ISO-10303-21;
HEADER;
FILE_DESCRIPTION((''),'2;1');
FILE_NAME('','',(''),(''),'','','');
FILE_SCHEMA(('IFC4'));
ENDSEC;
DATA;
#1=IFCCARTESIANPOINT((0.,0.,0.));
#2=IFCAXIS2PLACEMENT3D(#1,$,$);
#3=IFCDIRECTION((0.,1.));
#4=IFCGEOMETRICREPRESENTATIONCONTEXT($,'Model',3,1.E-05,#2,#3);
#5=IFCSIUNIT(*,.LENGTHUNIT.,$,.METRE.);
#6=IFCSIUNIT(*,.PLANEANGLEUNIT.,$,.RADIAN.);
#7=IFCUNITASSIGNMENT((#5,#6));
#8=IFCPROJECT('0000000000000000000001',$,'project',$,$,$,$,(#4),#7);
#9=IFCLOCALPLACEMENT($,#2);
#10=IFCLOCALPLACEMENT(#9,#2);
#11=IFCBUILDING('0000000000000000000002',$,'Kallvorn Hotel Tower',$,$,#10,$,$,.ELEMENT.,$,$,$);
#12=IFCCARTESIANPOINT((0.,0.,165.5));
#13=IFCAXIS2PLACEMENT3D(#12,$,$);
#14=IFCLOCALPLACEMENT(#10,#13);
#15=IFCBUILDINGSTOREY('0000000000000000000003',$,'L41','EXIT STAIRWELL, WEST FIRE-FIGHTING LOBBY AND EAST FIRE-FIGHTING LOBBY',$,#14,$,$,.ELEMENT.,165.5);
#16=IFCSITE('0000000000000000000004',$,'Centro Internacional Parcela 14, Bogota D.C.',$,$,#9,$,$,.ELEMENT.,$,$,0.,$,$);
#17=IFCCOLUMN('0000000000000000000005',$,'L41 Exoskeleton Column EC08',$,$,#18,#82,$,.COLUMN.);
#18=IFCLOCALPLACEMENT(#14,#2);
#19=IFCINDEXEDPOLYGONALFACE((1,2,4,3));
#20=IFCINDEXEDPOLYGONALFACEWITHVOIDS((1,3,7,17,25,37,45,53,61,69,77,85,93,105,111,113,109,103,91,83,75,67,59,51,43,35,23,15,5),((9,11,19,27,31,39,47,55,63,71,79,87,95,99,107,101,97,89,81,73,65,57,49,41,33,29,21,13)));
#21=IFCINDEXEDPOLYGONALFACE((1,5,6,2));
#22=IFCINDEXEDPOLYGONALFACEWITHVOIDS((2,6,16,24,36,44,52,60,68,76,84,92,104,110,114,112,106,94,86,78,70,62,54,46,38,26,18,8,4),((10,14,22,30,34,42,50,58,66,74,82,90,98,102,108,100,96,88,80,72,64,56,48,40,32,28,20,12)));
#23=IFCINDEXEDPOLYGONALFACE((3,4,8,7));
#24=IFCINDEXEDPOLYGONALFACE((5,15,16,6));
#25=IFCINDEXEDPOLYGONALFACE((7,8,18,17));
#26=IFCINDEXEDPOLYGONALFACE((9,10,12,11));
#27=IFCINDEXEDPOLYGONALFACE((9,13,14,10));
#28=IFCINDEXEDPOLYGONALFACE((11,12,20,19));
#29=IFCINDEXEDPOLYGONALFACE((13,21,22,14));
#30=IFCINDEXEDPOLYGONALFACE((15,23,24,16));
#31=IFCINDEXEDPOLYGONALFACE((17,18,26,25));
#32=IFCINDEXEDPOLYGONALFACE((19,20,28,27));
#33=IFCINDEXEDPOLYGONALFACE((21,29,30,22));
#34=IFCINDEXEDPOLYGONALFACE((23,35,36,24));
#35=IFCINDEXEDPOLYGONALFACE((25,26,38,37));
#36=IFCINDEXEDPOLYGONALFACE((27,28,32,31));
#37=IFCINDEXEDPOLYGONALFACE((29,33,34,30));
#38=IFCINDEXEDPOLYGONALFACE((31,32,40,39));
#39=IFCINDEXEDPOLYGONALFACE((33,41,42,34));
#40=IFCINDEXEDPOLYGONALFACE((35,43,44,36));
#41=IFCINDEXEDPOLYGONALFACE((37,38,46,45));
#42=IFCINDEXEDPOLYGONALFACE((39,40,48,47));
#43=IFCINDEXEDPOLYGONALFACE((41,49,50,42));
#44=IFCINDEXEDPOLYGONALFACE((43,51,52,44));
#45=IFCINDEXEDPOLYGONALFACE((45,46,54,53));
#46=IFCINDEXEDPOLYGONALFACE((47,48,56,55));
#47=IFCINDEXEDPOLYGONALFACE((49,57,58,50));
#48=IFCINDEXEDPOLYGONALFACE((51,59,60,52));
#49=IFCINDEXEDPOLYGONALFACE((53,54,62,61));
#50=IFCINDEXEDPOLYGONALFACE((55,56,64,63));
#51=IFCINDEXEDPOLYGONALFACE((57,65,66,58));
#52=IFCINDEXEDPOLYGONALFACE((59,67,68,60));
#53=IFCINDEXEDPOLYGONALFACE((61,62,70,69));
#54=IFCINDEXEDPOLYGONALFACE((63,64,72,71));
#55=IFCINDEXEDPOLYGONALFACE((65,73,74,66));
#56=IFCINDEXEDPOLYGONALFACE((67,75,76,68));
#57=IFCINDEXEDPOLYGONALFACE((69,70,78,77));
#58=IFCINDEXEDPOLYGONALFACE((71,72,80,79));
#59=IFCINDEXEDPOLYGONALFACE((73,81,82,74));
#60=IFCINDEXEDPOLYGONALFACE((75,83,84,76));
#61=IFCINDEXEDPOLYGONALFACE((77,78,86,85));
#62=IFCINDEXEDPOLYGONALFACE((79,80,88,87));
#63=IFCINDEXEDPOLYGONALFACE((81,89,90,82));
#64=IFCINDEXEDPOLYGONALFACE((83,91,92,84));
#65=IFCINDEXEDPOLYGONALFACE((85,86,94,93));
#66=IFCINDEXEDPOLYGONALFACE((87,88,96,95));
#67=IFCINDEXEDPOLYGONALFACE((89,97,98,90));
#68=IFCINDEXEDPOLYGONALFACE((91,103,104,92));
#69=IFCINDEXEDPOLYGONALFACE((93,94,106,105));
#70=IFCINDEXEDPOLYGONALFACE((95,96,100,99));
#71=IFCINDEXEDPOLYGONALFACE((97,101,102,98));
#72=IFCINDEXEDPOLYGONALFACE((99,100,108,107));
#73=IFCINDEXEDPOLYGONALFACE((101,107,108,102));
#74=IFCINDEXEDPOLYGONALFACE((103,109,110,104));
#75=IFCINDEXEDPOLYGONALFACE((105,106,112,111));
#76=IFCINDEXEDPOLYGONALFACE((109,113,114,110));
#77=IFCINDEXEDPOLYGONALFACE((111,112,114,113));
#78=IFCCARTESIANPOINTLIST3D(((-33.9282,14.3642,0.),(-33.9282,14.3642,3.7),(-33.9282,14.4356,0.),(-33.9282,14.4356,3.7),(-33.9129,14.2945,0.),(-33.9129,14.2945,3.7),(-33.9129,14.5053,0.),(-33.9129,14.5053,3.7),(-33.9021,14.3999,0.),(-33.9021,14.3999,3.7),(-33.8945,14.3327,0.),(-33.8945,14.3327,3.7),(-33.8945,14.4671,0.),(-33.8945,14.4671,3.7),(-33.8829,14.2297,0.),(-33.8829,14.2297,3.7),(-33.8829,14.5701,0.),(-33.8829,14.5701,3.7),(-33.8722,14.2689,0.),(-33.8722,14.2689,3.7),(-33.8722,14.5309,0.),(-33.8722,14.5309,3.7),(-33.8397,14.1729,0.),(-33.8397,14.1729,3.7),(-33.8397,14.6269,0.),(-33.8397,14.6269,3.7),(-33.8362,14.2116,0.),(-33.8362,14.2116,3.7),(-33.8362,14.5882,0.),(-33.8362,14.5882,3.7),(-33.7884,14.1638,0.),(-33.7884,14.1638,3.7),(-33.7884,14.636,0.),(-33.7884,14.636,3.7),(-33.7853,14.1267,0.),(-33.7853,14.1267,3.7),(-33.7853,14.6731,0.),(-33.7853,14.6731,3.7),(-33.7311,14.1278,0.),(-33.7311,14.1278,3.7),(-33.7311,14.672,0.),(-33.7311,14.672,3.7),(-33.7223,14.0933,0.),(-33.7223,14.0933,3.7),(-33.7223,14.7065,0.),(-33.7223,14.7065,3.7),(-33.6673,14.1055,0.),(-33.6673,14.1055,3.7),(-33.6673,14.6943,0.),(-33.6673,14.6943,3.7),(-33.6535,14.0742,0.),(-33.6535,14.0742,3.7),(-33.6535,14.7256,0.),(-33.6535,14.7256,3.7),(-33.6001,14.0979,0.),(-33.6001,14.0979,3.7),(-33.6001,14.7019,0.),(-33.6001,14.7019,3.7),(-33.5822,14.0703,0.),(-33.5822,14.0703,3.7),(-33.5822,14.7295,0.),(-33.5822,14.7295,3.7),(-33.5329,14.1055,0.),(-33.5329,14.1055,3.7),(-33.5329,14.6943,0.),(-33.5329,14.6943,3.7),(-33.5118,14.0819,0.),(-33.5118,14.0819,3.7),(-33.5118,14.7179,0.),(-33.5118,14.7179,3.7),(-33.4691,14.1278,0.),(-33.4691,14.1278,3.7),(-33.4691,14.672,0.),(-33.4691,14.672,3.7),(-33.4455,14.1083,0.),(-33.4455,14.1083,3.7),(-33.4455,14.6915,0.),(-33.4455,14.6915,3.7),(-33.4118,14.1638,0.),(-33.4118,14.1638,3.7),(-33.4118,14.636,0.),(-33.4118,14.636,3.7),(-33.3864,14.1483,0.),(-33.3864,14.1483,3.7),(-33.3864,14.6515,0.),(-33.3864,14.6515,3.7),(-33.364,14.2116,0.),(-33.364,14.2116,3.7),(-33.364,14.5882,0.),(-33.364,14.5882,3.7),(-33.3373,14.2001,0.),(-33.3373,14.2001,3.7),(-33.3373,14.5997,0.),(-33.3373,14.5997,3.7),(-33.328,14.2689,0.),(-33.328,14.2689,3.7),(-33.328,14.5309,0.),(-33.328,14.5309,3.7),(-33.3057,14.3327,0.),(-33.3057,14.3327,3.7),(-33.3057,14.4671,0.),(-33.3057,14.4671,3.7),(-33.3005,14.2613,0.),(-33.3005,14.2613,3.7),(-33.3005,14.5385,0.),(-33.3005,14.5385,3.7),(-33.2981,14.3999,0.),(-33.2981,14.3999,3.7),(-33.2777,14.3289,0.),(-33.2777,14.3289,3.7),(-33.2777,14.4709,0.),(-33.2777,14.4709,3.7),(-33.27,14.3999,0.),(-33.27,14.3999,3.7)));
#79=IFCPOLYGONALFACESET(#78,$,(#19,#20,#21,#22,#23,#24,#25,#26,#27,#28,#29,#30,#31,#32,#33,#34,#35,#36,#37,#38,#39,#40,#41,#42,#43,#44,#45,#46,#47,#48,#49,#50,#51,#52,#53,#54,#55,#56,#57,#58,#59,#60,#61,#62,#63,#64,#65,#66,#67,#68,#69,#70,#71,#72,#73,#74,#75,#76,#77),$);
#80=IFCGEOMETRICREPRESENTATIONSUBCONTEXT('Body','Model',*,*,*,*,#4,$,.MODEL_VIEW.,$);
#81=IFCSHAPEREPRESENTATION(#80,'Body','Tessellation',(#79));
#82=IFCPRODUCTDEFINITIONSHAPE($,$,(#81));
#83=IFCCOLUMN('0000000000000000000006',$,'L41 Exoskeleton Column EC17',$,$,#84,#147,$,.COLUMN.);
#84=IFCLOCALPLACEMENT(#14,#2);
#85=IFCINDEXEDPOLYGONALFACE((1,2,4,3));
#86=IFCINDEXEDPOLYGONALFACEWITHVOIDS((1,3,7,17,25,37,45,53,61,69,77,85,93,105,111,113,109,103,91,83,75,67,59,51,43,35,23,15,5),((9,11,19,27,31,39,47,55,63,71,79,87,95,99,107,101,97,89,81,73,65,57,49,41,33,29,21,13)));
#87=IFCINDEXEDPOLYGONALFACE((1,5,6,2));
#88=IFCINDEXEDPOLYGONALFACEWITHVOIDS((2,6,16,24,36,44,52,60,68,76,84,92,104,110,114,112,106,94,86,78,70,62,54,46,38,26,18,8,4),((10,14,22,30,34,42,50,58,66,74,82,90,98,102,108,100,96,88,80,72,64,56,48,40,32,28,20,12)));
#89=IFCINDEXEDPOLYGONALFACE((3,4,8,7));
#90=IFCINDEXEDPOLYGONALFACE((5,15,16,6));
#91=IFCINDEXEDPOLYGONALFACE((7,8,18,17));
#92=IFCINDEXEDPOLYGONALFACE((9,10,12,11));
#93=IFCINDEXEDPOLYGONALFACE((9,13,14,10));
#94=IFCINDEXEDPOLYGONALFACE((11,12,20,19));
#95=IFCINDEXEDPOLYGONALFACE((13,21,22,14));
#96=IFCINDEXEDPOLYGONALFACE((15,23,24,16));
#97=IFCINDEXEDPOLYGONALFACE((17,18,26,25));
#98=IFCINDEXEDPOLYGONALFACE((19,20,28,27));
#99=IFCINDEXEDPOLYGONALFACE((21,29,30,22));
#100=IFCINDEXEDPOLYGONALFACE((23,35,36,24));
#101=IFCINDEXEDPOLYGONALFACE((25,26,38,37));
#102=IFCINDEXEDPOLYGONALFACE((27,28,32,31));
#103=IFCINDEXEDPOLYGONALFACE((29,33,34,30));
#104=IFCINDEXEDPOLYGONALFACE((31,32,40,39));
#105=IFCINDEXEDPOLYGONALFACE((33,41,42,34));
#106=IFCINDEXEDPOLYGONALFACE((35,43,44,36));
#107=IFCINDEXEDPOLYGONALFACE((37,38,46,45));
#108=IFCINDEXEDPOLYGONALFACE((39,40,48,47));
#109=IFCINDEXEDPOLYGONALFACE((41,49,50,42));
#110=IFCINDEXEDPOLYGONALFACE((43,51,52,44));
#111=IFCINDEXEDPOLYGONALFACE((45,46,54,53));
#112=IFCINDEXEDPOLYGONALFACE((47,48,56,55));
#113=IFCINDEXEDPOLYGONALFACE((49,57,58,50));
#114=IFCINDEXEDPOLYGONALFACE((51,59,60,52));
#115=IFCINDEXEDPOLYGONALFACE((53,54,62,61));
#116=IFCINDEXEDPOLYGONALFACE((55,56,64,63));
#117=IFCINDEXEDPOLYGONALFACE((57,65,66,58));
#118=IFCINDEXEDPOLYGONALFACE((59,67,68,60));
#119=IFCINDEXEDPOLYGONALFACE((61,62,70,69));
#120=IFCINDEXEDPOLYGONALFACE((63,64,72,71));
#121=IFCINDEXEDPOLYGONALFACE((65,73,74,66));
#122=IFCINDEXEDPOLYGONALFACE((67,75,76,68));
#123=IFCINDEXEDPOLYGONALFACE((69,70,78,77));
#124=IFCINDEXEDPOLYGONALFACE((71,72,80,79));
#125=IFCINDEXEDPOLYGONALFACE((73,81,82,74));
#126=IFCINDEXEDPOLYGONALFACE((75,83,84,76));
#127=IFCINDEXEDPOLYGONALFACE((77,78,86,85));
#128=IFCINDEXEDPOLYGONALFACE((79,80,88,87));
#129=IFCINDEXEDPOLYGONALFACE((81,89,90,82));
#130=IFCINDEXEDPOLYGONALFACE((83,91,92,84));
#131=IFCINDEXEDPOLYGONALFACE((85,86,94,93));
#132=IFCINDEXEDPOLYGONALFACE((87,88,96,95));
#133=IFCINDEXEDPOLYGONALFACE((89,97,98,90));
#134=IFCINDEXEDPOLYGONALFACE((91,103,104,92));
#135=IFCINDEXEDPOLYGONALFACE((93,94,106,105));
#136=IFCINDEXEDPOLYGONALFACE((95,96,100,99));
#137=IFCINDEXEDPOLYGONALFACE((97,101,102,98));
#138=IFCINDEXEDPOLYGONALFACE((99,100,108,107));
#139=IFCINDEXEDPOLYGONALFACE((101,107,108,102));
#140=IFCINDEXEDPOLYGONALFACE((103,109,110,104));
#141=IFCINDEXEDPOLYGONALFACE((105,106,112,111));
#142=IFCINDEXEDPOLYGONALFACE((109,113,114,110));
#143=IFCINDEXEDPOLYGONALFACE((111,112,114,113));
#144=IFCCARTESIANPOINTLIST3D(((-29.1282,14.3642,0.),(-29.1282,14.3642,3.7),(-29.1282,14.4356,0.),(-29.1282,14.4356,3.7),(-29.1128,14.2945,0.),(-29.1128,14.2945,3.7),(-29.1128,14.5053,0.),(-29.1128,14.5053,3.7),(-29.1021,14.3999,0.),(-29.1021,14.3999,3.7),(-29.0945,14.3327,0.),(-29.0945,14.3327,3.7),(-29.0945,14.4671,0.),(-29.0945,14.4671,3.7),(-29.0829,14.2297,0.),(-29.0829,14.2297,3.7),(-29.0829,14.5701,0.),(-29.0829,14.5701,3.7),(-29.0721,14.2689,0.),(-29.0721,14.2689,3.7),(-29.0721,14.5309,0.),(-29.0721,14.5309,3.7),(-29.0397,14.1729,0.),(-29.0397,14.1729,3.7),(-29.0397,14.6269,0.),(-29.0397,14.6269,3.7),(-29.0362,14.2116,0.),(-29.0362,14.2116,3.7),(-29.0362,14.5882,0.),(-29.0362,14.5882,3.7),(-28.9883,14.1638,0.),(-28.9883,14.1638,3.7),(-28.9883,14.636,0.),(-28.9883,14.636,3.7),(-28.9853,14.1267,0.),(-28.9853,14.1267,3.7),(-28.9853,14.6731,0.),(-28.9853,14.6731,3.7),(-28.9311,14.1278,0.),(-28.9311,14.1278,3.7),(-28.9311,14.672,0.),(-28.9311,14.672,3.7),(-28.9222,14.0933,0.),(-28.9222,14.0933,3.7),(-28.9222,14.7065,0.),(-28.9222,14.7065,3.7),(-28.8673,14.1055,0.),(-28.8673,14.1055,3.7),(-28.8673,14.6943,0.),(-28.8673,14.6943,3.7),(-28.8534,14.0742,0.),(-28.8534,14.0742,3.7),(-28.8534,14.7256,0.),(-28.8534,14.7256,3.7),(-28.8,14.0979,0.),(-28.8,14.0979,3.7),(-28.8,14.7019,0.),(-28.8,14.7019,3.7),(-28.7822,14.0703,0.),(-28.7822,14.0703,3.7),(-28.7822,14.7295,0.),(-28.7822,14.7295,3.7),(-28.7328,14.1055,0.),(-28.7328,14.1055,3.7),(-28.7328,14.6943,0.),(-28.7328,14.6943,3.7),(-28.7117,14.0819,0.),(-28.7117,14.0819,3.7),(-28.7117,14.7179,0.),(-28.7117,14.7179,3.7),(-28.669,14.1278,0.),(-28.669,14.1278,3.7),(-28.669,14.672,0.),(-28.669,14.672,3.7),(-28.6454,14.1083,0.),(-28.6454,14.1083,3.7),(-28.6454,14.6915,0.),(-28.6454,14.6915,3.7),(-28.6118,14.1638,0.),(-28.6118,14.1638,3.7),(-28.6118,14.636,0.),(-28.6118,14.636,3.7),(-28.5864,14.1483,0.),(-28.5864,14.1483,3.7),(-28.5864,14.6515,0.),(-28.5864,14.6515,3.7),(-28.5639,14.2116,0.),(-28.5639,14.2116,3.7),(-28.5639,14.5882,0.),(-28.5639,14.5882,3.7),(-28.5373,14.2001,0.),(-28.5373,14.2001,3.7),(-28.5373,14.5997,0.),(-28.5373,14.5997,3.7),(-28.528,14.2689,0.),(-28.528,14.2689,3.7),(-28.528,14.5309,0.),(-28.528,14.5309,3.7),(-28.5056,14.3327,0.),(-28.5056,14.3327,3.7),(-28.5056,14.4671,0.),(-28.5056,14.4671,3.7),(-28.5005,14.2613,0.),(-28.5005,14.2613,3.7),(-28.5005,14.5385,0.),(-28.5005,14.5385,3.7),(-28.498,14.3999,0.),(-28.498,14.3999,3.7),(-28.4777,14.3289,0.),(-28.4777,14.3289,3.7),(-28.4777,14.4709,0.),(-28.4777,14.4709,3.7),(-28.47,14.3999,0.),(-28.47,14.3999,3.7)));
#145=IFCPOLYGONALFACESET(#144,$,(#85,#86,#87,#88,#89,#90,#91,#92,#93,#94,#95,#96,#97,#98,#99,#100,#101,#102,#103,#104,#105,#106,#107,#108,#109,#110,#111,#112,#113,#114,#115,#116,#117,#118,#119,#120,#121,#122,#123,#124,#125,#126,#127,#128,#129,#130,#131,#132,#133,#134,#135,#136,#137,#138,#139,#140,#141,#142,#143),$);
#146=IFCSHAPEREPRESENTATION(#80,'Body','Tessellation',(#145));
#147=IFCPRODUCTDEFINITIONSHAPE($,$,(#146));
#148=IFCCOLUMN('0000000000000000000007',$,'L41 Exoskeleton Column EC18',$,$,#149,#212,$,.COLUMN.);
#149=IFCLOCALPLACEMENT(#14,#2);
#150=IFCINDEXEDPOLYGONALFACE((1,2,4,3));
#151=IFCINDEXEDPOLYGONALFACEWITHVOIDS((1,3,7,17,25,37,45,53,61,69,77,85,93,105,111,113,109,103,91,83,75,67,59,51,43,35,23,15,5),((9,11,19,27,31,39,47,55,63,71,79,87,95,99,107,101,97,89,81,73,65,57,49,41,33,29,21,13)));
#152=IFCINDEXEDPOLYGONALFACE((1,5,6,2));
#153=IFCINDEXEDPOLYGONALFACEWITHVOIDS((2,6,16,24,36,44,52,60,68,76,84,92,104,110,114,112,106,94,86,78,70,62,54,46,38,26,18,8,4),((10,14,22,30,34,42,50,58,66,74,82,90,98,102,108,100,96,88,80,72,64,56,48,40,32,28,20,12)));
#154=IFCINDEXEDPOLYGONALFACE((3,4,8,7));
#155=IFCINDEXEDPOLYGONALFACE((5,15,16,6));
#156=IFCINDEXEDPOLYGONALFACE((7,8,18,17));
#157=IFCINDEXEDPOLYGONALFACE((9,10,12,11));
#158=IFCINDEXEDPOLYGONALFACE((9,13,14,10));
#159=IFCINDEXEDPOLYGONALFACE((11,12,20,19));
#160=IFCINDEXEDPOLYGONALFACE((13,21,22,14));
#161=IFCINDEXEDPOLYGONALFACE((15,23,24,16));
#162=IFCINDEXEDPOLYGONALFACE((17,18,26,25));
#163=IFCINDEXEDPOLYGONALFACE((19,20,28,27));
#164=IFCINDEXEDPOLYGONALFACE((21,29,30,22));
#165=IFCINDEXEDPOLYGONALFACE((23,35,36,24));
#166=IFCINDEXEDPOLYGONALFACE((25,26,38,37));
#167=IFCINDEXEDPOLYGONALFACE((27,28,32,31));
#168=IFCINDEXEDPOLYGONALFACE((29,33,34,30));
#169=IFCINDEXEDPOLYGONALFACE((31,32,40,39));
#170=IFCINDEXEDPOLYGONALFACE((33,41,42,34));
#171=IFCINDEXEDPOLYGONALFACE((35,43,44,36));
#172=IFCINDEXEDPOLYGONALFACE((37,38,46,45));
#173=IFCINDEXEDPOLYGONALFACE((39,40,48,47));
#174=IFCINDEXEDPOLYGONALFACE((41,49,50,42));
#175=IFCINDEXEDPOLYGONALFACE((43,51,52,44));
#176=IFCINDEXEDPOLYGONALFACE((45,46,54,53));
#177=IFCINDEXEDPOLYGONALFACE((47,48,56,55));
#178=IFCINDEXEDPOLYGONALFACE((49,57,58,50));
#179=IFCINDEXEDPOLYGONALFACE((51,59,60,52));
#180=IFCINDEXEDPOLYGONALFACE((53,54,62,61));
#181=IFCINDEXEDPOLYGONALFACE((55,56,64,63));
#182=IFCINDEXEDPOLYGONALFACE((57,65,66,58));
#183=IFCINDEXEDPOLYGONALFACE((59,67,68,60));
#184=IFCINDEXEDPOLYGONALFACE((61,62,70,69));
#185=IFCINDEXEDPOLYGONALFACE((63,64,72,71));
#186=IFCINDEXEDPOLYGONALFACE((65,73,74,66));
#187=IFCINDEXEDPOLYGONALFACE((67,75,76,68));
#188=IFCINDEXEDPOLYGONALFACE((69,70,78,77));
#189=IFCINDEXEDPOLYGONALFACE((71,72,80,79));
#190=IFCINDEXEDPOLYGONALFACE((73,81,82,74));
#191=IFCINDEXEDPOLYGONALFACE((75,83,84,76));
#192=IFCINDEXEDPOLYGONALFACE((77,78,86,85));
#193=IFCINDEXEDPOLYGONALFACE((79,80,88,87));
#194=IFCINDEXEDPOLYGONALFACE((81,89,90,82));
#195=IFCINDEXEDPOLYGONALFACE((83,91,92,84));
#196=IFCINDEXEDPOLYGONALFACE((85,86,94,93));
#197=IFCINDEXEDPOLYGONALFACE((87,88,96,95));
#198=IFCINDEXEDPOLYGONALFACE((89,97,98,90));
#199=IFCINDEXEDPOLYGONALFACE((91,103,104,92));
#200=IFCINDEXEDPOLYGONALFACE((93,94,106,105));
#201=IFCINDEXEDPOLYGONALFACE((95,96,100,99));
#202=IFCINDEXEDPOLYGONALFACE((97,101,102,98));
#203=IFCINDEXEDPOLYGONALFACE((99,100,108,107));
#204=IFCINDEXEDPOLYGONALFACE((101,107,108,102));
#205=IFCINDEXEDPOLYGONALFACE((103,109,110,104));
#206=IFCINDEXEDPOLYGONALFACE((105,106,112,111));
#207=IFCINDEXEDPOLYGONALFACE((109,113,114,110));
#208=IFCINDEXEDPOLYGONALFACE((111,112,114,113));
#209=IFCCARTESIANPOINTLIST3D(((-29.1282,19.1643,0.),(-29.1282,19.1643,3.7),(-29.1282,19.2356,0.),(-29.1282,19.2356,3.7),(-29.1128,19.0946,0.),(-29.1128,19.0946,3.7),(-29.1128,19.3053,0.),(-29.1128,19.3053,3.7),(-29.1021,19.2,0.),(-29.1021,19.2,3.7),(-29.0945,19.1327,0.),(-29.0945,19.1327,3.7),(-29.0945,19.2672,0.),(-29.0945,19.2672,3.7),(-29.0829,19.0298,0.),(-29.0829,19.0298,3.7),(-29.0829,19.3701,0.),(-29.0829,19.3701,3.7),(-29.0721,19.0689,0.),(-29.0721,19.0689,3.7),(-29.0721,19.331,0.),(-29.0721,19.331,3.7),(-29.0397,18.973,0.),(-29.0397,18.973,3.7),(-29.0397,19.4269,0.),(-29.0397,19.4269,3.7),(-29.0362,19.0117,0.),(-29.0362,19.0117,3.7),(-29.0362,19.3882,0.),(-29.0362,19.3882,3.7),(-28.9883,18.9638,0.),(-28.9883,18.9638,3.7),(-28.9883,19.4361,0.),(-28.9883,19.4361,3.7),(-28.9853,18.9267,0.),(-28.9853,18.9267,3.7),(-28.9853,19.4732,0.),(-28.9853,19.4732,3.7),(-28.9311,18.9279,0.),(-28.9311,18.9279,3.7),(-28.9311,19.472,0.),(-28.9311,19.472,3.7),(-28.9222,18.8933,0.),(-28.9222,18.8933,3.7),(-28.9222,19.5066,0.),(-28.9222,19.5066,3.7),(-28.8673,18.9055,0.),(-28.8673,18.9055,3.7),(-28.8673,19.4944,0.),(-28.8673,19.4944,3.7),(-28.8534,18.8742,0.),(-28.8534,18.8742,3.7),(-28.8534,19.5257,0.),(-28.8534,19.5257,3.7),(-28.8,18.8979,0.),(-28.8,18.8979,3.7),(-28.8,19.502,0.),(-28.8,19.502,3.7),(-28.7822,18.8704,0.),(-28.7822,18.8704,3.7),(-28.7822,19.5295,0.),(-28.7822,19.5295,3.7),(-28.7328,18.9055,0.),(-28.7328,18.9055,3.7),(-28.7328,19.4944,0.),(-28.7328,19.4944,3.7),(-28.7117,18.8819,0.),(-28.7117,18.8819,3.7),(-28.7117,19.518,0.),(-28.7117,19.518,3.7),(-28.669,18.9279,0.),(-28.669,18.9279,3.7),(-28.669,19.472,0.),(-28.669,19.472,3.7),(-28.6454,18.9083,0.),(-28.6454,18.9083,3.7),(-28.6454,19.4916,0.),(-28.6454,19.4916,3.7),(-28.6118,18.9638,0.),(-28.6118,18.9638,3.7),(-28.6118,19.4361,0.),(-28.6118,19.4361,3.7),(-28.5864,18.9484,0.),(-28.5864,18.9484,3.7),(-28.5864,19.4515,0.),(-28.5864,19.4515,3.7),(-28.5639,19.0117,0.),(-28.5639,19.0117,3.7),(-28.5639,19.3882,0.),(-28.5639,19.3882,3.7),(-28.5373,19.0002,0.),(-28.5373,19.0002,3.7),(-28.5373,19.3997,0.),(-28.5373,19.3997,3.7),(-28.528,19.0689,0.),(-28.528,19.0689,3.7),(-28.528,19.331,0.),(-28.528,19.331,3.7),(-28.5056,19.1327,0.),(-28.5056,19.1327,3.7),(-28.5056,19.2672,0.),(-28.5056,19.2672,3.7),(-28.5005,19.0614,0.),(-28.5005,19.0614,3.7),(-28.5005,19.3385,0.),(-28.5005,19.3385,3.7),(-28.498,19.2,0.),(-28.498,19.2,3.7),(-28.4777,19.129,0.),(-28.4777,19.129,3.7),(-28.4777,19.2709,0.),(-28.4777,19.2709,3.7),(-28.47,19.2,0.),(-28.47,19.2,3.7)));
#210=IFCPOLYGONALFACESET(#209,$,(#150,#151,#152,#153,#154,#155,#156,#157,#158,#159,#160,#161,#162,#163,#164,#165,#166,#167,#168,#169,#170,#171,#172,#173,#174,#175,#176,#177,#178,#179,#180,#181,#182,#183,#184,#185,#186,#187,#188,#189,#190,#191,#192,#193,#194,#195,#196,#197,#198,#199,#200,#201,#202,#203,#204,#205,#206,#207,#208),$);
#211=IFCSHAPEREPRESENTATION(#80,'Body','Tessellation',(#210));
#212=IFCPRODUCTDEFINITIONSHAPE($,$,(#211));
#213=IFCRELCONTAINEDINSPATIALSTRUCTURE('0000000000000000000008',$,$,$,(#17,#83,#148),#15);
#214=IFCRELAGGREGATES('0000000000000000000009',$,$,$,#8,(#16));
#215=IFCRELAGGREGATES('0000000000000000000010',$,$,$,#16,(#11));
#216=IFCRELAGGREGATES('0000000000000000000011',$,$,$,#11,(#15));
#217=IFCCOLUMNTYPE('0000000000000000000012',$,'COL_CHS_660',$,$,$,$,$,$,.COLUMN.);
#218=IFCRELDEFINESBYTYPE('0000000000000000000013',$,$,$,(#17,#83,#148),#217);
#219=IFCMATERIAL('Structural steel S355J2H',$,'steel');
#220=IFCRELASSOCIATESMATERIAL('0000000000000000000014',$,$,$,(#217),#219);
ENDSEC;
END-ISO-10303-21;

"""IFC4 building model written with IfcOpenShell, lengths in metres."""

from ifc_helpers import new_model, si_unit, direction, frame, origin, origin_2d, place, context, subcontext, project, spatial, hollow_circle, extrude, material, material_profile, profile_set, type_object, element, save


model = new_model("IFC4")

# Units and contexts
model_context = context("Model", 3, precision=1e-05, world=origin(), true_north=direction((0.0, 1.0)))
body_context = subcontext(model_context, "Body", "Model", "MODEL_VIEW")
ifc_project = project(units=[si_unit("LENGTHUNIT", "METRE"), si_unit("PLANEANGLEUNIT", "RADIAN")], contexts=[model_context])

# Site, building, storey
site_placement = place(None, origin())
site = spatial("IfcSite", under=ifc_project, at=site_placement, Name="Centro Internacional Parcela 14, Bogota D.C.", CompositionType="ELEMENT", RefElevation=0.0)
building_placement = place(site_placement, origin())
building = spatial("IfcBuilding", under=site, at=building_placement, Name="Kallvorn Hotel Tower", CompositionType="ELEMENT")
storey_placement = place(building_placement, frame((0.0, 0.0, 165.5)))
storey = spatial("IfcBuildingStorey", under=building, at=storey_placement, Name="L41", Description="EXIT STAIRWELL, WEST FIRE-FIGHTING LOBBY AND EAST FIRE-FIGHTING LOBBY", CompositionType="ELEMENT", Elevation=165.5)

# Columns
ifc_material_1 = material(Name="Structural steel S355J2H", Category="steel")
ifc_material_profile_1 = material_profile(ifc_material_1, hollow_circle(Radius=0.3301, WallThickness=0.0281, at=origin_2d()), Name="CHS 660x28")
ifc_profile_set_1 = profile_set([ifc_material_profile_1], Name="Structural steel S355J2H")
column_type_1 = type_object("IfcColumnType", Name="COL_CHS_660", PredefinedType="COLUMN", material=ifc_profile_set_1)
for number, where, z_axis, x_axis, name in (
    (1, (-33.6001, 14.3999, 0.0), (0.0, 0.0, 1.0), (1.0, 0.0, 0.0), "L41 Exoskeleton Column EC08"),
    (2, (-28.8, 14.3999, 0.0), (0.0, 0.0, 1.0), (1.0, 0.0, 0.0), "L41 Exoskeleton Column EC17"),
    (3, (-28.8, 19.2, 0.0), (0.0, 0.0, 1.0), (1.0, 0.0, 0.0), "L41 Exoskeleton Column EC18"),
):
    element("IfcColumn", number, at=place(storey_placement, frame(where, z_axis=z_axis, x_axis=x_axis)), inside=storey, type_object=column_type_1, Name=name, PredefinedType="COLUMN", context=body_context, shape_type="SweptSolid", body=[
        extrude(hollow_circle(Radius=0.3301, WallThickness=0.0281, at=origin_2d()), origin(), (0.0, 0.0, 1.0), 3.7),
    ])

save(model, "model.ifc")
